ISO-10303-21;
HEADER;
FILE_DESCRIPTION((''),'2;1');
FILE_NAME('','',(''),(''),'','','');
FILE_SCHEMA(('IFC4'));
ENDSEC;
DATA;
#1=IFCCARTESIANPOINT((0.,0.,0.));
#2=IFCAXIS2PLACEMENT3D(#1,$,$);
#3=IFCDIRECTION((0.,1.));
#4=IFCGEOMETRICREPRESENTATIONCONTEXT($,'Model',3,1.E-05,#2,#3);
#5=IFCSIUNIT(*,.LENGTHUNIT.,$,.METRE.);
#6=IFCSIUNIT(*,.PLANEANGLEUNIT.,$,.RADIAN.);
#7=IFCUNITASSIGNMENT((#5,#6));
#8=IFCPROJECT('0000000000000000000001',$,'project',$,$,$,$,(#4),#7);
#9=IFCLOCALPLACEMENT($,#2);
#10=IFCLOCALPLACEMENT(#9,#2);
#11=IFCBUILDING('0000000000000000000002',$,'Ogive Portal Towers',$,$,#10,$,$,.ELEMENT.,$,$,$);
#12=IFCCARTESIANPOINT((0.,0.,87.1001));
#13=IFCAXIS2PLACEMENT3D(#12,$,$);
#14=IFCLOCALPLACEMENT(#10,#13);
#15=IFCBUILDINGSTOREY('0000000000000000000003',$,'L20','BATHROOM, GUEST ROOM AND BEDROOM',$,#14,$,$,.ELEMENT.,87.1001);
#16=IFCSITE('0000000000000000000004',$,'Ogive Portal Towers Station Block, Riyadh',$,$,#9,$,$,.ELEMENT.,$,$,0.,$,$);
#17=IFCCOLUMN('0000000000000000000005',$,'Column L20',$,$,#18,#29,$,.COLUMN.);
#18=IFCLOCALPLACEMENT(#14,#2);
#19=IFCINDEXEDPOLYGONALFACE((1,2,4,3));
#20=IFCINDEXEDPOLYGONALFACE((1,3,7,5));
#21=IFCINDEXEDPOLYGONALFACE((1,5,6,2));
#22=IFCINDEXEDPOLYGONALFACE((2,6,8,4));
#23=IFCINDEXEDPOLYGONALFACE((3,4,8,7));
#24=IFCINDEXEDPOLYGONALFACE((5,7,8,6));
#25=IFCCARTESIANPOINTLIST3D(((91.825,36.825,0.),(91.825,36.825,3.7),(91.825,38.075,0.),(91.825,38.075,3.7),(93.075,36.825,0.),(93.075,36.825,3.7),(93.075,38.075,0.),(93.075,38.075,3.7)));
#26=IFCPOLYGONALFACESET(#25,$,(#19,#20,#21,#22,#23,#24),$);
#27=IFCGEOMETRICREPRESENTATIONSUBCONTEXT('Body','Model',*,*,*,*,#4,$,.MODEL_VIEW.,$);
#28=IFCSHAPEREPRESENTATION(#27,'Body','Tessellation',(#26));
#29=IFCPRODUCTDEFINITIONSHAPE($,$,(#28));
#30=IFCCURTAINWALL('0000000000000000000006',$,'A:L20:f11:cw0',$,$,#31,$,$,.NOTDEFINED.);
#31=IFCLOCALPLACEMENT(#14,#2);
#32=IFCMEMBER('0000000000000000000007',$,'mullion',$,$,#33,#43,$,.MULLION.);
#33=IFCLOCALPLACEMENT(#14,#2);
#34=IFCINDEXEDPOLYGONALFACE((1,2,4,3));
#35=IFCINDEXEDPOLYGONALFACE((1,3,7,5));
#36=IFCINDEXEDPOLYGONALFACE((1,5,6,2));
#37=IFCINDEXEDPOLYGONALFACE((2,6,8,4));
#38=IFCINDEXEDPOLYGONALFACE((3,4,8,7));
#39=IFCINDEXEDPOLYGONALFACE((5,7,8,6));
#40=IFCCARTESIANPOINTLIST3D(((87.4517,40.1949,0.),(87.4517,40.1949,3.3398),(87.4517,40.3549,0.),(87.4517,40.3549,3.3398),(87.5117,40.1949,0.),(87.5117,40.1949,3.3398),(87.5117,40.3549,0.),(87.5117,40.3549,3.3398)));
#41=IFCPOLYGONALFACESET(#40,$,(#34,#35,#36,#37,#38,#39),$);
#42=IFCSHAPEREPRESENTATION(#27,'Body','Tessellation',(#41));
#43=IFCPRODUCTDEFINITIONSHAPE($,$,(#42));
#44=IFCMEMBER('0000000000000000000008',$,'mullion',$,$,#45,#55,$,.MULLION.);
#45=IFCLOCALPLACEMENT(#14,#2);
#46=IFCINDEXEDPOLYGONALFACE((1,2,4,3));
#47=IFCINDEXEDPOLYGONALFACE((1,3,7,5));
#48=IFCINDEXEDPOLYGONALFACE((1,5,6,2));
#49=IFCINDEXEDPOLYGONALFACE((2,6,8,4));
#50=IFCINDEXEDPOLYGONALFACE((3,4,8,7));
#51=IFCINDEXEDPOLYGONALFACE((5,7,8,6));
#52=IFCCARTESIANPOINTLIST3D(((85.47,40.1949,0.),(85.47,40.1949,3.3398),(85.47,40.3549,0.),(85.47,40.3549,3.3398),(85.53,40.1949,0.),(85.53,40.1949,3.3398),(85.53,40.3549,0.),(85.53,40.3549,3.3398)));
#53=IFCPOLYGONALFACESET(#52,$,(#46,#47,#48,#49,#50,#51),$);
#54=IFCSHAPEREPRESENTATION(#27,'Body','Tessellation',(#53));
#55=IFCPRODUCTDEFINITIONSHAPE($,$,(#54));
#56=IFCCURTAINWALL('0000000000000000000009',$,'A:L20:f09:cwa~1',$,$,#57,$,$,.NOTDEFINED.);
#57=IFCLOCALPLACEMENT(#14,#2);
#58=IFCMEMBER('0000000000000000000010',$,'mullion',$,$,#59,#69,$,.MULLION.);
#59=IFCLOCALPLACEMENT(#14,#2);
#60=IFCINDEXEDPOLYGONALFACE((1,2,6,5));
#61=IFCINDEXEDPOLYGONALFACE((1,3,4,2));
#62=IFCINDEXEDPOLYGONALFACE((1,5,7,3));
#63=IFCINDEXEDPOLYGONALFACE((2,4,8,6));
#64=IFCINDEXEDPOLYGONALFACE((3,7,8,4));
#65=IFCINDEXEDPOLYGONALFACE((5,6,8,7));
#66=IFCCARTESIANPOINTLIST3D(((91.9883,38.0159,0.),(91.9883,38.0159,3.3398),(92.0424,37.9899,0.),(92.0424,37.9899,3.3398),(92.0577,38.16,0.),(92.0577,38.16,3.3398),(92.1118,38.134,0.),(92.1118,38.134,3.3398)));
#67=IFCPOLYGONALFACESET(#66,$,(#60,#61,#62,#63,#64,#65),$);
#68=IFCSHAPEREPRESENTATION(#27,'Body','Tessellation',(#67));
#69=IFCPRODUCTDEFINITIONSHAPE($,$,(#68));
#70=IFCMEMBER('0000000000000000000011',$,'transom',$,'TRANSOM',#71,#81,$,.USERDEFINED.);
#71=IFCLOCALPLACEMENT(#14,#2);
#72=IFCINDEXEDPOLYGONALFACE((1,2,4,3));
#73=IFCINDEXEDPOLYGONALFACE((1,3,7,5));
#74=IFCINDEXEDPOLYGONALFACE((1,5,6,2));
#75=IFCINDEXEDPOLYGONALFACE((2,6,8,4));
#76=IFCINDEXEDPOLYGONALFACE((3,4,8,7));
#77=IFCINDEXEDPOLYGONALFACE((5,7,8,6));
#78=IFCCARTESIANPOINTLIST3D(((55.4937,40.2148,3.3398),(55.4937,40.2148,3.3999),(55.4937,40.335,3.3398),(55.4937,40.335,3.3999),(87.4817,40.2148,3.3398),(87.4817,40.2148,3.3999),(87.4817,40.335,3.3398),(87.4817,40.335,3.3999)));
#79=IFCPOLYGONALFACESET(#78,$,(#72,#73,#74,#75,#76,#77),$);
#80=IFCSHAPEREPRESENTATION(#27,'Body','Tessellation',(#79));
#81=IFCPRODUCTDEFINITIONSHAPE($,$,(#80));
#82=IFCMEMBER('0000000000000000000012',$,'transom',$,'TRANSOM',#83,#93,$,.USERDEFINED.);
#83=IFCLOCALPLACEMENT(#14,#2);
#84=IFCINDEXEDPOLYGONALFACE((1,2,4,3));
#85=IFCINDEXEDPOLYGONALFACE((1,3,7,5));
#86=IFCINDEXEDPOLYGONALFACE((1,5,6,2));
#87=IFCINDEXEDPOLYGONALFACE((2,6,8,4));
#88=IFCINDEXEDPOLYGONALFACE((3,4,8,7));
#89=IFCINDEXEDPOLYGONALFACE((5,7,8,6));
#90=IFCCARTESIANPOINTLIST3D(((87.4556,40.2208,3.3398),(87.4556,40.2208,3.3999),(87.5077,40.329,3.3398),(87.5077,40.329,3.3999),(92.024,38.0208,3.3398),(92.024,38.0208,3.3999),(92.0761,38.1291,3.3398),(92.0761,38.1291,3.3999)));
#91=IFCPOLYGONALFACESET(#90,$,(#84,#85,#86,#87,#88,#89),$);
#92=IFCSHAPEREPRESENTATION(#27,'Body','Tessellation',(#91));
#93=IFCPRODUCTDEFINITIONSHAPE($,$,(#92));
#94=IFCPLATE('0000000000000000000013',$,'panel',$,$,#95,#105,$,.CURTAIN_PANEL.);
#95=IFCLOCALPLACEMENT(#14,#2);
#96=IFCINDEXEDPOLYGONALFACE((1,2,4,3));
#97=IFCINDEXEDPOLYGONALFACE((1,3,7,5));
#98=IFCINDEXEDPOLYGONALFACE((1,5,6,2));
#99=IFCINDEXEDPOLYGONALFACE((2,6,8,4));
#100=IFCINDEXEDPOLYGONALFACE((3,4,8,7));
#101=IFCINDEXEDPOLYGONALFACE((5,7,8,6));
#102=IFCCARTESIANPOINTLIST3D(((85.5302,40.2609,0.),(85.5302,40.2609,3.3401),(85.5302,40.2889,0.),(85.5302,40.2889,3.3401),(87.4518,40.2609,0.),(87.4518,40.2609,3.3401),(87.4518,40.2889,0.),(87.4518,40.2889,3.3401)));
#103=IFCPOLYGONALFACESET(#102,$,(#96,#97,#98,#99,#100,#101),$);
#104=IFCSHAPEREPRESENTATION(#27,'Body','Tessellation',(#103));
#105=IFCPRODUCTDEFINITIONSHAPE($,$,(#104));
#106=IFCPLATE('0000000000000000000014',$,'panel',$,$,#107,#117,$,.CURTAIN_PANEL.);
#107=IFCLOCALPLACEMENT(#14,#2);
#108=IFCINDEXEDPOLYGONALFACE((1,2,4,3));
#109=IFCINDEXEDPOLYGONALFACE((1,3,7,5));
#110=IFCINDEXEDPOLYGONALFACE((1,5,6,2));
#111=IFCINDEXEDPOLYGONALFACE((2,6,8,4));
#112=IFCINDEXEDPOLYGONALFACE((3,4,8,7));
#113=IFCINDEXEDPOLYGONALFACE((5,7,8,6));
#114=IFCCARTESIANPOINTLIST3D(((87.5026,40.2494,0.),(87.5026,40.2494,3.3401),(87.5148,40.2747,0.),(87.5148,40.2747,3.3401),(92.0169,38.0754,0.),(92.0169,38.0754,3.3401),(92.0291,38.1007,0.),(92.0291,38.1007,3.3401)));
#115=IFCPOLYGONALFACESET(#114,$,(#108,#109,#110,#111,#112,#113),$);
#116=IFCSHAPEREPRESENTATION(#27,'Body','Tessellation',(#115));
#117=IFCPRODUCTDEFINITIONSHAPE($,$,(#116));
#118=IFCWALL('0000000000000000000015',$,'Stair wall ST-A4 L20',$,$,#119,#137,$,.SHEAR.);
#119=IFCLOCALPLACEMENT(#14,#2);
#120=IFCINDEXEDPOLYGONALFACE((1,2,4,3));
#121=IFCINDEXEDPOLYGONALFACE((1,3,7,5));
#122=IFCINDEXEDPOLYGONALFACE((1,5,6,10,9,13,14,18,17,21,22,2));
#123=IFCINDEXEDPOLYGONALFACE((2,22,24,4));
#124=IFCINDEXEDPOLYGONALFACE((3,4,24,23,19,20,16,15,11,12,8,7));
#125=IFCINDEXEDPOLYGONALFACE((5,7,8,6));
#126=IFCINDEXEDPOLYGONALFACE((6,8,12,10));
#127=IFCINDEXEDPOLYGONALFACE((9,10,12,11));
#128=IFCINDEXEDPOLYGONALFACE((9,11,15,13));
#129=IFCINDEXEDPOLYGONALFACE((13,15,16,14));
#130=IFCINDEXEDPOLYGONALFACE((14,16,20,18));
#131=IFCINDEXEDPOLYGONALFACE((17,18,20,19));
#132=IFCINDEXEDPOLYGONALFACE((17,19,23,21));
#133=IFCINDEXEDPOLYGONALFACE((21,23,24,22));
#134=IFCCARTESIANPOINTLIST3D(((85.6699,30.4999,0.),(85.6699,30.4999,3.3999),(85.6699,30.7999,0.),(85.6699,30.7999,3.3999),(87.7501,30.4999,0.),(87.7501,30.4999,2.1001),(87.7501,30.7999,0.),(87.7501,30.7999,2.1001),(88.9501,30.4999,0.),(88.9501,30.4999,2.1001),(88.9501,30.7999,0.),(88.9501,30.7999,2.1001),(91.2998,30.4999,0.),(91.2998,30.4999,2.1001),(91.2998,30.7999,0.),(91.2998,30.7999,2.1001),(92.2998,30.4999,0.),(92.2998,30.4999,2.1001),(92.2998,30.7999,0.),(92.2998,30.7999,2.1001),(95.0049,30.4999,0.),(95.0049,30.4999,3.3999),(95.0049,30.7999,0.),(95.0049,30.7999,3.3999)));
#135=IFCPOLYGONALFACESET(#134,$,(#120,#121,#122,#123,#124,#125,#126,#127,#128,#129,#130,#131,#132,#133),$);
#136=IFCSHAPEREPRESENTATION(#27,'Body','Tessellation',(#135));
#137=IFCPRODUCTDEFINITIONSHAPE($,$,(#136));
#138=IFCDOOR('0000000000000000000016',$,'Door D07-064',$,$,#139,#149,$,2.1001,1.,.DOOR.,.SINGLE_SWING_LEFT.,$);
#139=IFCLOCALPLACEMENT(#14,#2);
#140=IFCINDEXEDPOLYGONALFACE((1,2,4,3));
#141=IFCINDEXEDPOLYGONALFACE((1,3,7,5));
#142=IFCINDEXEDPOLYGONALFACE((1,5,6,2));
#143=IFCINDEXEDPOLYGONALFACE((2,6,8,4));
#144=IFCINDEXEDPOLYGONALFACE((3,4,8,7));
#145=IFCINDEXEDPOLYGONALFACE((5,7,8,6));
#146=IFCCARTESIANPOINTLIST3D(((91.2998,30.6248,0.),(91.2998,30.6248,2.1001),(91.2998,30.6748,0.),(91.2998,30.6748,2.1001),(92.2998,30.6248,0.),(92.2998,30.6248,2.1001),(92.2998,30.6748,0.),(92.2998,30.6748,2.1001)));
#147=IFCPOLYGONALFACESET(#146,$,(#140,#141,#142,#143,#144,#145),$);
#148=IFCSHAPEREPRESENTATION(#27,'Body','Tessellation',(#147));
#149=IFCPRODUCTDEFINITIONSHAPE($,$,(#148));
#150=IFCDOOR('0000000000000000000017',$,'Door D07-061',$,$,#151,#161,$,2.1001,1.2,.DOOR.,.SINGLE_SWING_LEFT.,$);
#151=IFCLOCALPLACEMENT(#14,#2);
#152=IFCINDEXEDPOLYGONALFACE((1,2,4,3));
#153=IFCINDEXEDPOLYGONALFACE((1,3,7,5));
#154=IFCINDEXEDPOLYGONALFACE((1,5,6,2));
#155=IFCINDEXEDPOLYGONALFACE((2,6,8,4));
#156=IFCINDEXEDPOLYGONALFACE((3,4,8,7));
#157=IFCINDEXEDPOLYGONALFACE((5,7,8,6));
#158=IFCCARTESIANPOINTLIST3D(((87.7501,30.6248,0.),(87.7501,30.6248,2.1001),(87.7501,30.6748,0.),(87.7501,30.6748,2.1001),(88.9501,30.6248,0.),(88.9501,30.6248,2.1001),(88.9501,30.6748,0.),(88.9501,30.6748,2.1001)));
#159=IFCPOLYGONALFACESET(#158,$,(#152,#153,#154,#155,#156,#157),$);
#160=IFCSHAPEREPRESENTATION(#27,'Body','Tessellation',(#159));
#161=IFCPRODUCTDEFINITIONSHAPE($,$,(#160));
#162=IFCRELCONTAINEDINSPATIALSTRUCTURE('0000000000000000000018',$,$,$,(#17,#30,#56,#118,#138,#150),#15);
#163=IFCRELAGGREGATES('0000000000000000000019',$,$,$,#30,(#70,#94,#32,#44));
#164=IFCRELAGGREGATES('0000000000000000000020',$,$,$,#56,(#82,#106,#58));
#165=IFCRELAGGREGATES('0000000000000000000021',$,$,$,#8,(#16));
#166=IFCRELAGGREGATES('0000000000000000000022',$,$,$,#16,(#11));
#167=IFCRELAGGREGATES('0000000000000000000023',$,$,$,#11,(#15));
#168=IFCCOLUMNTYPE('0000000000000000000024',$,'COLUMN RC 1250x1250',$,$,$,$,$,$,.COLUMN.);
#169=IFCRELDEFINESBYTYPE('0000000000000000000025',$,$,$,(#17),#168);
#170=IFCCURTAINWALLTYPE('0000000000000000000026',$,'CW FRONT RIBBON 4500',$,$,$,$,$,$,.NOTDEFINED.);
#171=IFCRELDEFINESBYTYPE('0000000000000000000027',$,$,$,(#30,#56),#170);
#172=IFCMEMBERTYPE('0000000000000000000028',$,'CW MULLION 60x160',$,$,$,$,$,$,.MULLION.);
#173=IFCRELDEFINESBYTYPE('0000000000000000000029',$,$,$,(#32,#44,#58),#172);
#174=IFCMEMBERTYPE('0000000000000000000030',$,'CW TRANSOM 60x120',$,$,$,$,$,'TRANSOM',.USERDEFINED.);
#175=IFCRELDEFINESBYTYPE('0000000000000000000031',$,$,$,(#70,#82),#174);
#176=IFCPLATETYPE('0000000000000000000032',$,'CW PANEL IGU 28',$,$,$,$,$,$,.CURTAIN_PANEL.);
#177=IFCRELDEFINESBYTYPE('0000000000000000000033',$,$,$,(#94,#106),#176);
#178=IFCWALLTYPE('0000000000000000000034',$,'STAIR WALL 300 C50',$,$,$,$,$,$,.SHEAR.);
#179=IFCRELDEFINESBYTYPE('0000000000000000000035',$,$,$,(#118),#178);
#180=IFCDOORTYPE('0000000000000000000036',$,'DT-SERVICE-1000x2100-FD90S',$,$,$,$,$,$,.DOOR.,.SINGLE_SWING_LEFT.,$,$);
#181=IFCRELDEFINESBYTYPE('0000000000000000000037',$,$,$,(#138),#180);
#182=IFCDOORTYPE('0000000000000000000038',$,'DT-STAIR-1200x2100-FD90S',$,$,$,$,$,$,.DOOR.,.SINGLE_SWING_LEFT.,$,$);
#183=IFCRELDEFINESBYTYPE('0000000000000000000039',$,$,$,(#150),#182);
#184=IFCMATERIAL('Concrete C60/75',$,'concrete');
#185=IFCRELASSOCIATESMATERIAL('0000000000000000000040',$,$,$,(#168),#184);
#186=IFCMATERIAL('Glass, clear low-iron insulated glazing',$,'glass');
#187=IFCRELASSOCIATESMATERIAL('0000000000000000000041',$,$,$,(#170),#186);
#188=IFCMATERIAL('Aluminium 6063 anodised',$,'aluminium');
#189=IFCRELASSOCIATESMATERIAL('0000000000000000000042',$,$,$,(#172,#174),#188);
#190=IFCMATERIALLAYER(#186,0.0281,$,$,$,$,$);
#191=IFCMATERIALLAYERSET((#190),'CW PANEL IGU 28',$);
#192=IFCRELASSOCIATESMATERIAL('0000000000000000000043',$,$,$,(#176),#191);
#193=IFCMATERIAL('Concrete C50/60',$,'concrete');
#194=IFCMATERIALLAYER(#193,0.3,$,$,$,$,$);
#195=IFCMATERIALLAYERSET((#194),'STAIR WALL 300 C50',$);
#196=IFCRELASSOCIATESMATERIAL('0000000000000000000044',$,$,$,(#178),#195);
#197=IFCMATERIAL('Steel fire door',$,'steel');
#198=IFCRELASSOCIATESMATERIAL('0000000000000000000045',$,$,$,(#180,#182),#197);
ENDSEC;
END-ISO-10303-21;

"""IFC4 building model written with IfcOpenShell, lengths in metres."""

from ifc_helpers import new_model, si_unit, direction, frame, frame_2d, origin, origin_2d, place, context, subcontext, project, spatial, rectangle, extrude, material, layer, layer_set, material_profile, profile_set, type_object, element, fill, aggregate, save


model = new_model("IFC4")

# Units and contexts
model_context = context("Model", 3, precision=1e-05, world=origin(), true_north=direction((0.0, 1.0)))
body_context = subcontext(model_context, "Body", "Model", "MODEL_VIEW")
ifc_project = project(units=[si_unit("LENGTHUNIT", "METRE"), si_unit("PLANEANGLEUNIT", "RADIAN")], contexts=[model_context])

# Site, building, storey
site_placement = place(None, origin())
site = spatial("IfcSite", under=ifc_project, at=site_placement, Name="Ogive Portal Towers Station Block, Riyadh", CompositionType="ELEMENT", RefElevation=0.0)
building_placement = place(site_placement, origin())
building = spatial("IfcBuilding", under=site, at=building_placement, Name="Ogive Portal Towers", CompositionType="ELEMENT")
storey_placement = place(building_placement, frame((0.0, 0.0, 87.1001)))
storey = spatial("IfcBuildingStorey", under=building, at=storey_placement, Name="L20", Description="BATHROOM, GUEST ROOM AND BEDROOM", CompositionType="ELEMENT", Elevation=87.1001)

# Column
ifc_material_1 = material(Name="Concrete C60/75", Category="concrete")
ifc_material_profile_1 = material_profile(ifc_material_1, rectangle(XDim=1.25, YDim=1.25, at=origin_2d()), Name="RC 1250x1250")
ifc_profile_set_1 = profile_set([ifc_material_profile_1], Name="Concrete C60/75")
column_type = type_object("IfcColumnType", Name="COLUMN RC 1250x1250", PredefinedType="COLUMN", material=ifc_profile_set_1)
column_placement = place(storey_placement, frame((92.45, 37.45, 0.0), z_axis=(0.0, 0.0, 1.0), x_axis=(1.0, 0.0, 0.0)))
element("IfcColumn", 1, at=column_placement, inside=storey, type_object=column_type, Name="Column L20", PredefinedType="COLUMN", context=body_context, shape_type="SweptSolid", body=[
    extrude(rectangle(XDim=1.25, YDim=1.25, at=origin_2d()), origin(), (0.0, 0.0, 1.0), 3.7),
])

# Curtain wall, members
ifc_material_2 = material(Name="Glass, clear low-iron insulated glazing", Category="glass")
curtain_wall_type = type_object("IfcCurtainWallType", Name="CW FRONT RIBBON 4500", PredefinedType="NOTDEFINED", material=ifc_material_2)
curtain_wall_1_placement = place(storey_placement, origin())
curtain_wall_1 = element("IfcCurtainWall", 2, at=curtain_wall_1_placement, inside=storey, type_object=curtain_wall_type, Name="A:L20:f11:cw0", PredefinedType="NOTDEFINED")
ifc_material_3 = material(Name="Aluminium 6063 anodised", Category="aluminium")
ifc_material_profile_2 = material_profile(ifc_material_3, rectangle(XDim=0.1599, YDim=0.0601, at=origin_2d()), Name="AL 60x160")
ifc_profile_set_2 = profile_set([ifc_material_profile_2], Name="Aluminium 6063 anodised")
member_type_1 = type_object("IfcMemberType", Name="CW MULLION 60x160", PredefinedType="MULLION", material=ifc_profile_set_2)
member_1_placement = place(storey_placement, frame((87.4817, 40.2749, 0.0), z_axis=(0.0, 0.0, 1.0), x_axis=(0.0, -1.0, 0.0)))
member_1 = element("IfcMember", 3, at=member_1_placement, type_object=member_type_1, Name="mullion", PredefinedType="MULLION", context=body_context, shape_type="SweptSolid", body=[
    extrude(rectangle(XDim=0.1599, YDim=0.0601, at=origin_2d()), origin(), (0.0, 0.0, 1.0), 3.3398),
])
member_2_placement = place(storey_placement, frame((85.5, 40.2749, 0.0), z_axis=(0.0, 0.0, 1.0), x_axis=(0.0, -1.0, 0.0)))
member_2 = element("IfcMember", 4, at=member_2_placement, type_object=member_type_1, Name="mullion", PredefinedType="MULLION", context=body_context, shape_type="SweptSolid", body=[
    extrude(rectangle(XDim=0.1599, YDim=0.0601, at=origin_2d()), origin(), (0.0, 0.0, 1.0), 3.3398),
])

# Curtain wall, member
curtain_wall_2_placement = place(storey_placement, origin())
curtain_wall_2 = element("IfcCurtainWall", 5, at=curtain_wall_2_placement, inside=storey, type_object=curtain_wall_type, Name="A:L20:f09:cwa~1", PredefinedType="NOTDEFINED")
member_3_placement = place(storey_placement, frame((92.05, 38.075, 0.0), z_axis=(0.0, 0.0, 1.0), x_axis=(-0.433884, -0.900969, 0.0)))
member_3 = element("IfcMember", 6, at=member_3_placement, type_object=member_type_1, Name="mullion", PredefinedType="MULLION", context=body_context, shape_type="SweptSolid", body=[
    extrude(rectangle(XDim=0.1599, YDim=0.0601, at=origin_2d()), origin(), (0.0, 0.0, 1.0), 3.3398),
])

# Members
ifc_material_profile_3 = material_profile(ifc_material_3, rectangle(XDim=0.1201, YDim=0.0601, at=origin_2d()), Name="AL 120x60")
ifc_profile_set_3 = profile_set([ifc_material_profile_3], Name="Aluminium 6063 anodised")
member_type_2 = type_object("IfcMemberType", Name="CW TRANSOM 60x120", ElementType="TRANSOM", PredefinedType="USERDEFINED", material=ifc_profile_set_3)
member_4_placement = place(storey_placement, frame((87.4817, 40.2749, 3.3699), z_axis=(-1.0, 0.0, 0.0), x_axis=(0.0, -1.0, 0.0)))
member_4 = element("IfcMember", 7, at=member_4_placement, type_object=member_type_2, Name="transom", ObjectType="TRANSOM", PredefinedType="USERDEFINED", context=body_context, shape_type="SweptSolid", body=[
    extrude(rectangle(XDim=0.1201, YDim=0.0601, at=origin_2d()), origin(), (0.0, 0.0, 1.0), 31.988),
])
member_5_placement = place(storey_placement, frame((92.05, 38.075, 3.3699), z_axis=(-0.900973, 0.433875, 0.0), x_axis=(-0.433875, -0.900973, 0.0)))
member_5 = element("IfcMember", 8, at=member_5_placement, type_object=member_type_2, Name="transom", ObjectType="TRANSOM", PredefinedType="USERDEFINED", context=body_context, shape_type="SweptSolid", body=[
    extrude(rectangle(XDim=0.1201, YDim=0.0601, at=origin_2d()), origin(), (0.0, 0.0, 1.0), 5.0706),
])

# Plates
ifc_layer_1 = layer(ifc_material_2, 0.0281)
ifc_layer_set_1 = layer_set([ifc_layer_1], Name="CW PANEL IGU 28")
plate_type = type_object("IfcPlateType", Name="CW PANEL IGU 28", PredefinedType="CURTAIN_PANEL", material=ifc_layer_set_1)
plate_1_placement = place(storey_placement, frame((86.491, 40.2749, 0.0), z_axis=(0.0, 0.0, 1.0), x_axis=(-1.0, 0.0, 0.0)))
plate_1 = element("IfcPlate", 9, at=plate_1_placement, type_object=plate_type, Name="panel", PredefinedType="CURTAIN_PANEL", context=body_context, shape_type="SweptSolid", body=[
    extrude(rectangle(XDim=1.9216, YDim=0.0281, at=origin_2d()), origin(), (0.0, 0.0, 1.0), 3.3401),
])
aggregate(curtain_wall_1, [member_4, plate_1, member_1, member_2])
plate_2_placement = place(storey_placement, frame((89.7659, 39.175, 0.0), z_axis=(0.0, 0.0, 1.0), x_axis=(-0.900969, 0.433884, 0.0)))
plate_2 = element("IfcPlate", 10, at=plate_2_placement, type_object=plate_type, Name="panel", PredefinedType="CURTAIN_PANEL", context=body_context, shape_type="SweptSolid", body=[
    extrude(rectangle(XDim=5.0105, YDim=0.0281, at=origin_2d()), origin(), (0.0, 0.0, 1.0), 3.3401),
])
aggregate(curtain_wall_2, [member_5, plate_2, member_3])

# Wall, openings, doors
ifc_material_4 = material(Name="Concrete C50/60", Category="concrete")
ifc_layer_2 = layer(ifc_material_4, 0.3)
ifc_layer_set_2 = layer_set([ifc_layer_2], Name="STAIR WALL 300 C50")
wall_type_1 = type_object("IfcWallType", Name="STAIR WALL 300 C50", PredefinedType="SHEAR", material=ifc_layer_set_2)
wall_1_placement = place(storey_placement, frame((85.6699, 30.6499, 0.0), z_axis=(0.0, 0.0, 1.0), x_axis=(1.0, 0.0, 0.0)))
wall_1 = element("IfcWall", 11, at=wall_1_placement, inside=storey, type_object=wall_type_1, Name="Stair wall ST-A4 L20", PredefinedType="SHEAR", context=body_context, shape_type="SweptSolid", body=[
    extrude(rectangle(XDim=9.335, YDim=0.3, at=frame_2d((4.6675, 0.0))), origin(), (0.0, 0.0, 1.0), 3.3999),
])
opening_1_placement = place(wall_1_placement, frame((2.0801, 0.0, 0.0)))
opening_1 = element("IfcOpeningElement", 12, at=opening_1_placement, cuts=wall_1, PredefinedType="OPENING", context=body_context, shape_type="SweptSolid", body=[
    extrude(rectangle(XDim=1.2, YDim=2.1001, at=frame_2d((0.6001, 1.05))), frame((0.0, 0.1602, 0.0), z_axis=(0.0, -1.0, 0.0), x_axis=(1.0, 0.0, 0.0)), (0.0, 0.0, 1.0), 0.3201),
])
opening_2_placement = place(wall_1_placement, frame((5.6299, 0.0, 0.0)))
opening_2 = element("IfcOpeningElement", 13, at=opening_2_placement, cuts=wall_1, PredefinedType="OPENING", context=body_context, shape_type="SweptSolid", body=[
    extrude(rectangle(XDim=1.0, YDim=2.1001, at=frame_2d((0.5, 1.05))), frame((0.0, 0.1602, 0.0), z_axis=(0.0, -1.0, 0.0), x_axis=(1.0, 0.0, 0.0)), (0.0, 0.0, 1.0), 0.3201),
])
ifc_material_5 = material(Name="Steel fire door", Category="steel")
door_type_1 = type_object("IfcDoorType", Name="DT-SERVICE-1000x2100-FD90S", OperationType="SINGLE_SWING_LEFT", PredefinedType="DOOR", material=ifc_material_5)
door_1_placement = place(opening_2_placement, origin())
door_1 = element("IfcDoor", 14, at=door_1_placement, inside=storey, type_object=door_type_1, Name="Door D07-064", OperationType="SINGLE_SWING_LEFT", OverallHeight=2.1001, OverallWidth=1.0, PredefinedType="DOOR", context=body_context, shape_type="SweptSolid", body=[
    extrude(rectangle(XDim=1.0, YDim=2.1001, at=frame_2d((0.5, 1.05))), frame((0.0, 0.0249, 0.0), z_axis=(0.0, -1.0, 0.0), x_axis=(1.0, 0.0, 0.0)), (0.0, 0.0, 1.0), 0.05),
])
fill(opening_2, door_1)
door_type_2 = type_object("IfcDoorType", Name="DT-STAIR-1200x2100-FD90S", OperationType="SINGLE_SWING_LEFT", PredefinedType="DOOR", material=ifc_material_5)
door_2_placement = place(opening_1_placement, origin())
door_2 = element("IfcDoor", 15, at=door_2_placement, inside=storey, type_object=door_type_2, Name="Door D07-061", OperationType="SINGLE_SWING_LEFT", OverallHeight=2.1001, OverallWidth=1.2, PredefinedType="DOOR", context=body_context, shape_type="SweptSolid", body=[
    extrude(rectangle(XDim=1.2, YDim=2.1001, at=frame_2d((0.6001, 1.05))), frame((0.0, 0.0249, 0.0), z_axis=(0.0, -1.0, 0.0), x_axis=(1.0, 0.0, 0.0)), (0.0, 0.0, 1.0), 0.05),
])
fill(opening_1, door_2)

save(model, "model.ifc")
